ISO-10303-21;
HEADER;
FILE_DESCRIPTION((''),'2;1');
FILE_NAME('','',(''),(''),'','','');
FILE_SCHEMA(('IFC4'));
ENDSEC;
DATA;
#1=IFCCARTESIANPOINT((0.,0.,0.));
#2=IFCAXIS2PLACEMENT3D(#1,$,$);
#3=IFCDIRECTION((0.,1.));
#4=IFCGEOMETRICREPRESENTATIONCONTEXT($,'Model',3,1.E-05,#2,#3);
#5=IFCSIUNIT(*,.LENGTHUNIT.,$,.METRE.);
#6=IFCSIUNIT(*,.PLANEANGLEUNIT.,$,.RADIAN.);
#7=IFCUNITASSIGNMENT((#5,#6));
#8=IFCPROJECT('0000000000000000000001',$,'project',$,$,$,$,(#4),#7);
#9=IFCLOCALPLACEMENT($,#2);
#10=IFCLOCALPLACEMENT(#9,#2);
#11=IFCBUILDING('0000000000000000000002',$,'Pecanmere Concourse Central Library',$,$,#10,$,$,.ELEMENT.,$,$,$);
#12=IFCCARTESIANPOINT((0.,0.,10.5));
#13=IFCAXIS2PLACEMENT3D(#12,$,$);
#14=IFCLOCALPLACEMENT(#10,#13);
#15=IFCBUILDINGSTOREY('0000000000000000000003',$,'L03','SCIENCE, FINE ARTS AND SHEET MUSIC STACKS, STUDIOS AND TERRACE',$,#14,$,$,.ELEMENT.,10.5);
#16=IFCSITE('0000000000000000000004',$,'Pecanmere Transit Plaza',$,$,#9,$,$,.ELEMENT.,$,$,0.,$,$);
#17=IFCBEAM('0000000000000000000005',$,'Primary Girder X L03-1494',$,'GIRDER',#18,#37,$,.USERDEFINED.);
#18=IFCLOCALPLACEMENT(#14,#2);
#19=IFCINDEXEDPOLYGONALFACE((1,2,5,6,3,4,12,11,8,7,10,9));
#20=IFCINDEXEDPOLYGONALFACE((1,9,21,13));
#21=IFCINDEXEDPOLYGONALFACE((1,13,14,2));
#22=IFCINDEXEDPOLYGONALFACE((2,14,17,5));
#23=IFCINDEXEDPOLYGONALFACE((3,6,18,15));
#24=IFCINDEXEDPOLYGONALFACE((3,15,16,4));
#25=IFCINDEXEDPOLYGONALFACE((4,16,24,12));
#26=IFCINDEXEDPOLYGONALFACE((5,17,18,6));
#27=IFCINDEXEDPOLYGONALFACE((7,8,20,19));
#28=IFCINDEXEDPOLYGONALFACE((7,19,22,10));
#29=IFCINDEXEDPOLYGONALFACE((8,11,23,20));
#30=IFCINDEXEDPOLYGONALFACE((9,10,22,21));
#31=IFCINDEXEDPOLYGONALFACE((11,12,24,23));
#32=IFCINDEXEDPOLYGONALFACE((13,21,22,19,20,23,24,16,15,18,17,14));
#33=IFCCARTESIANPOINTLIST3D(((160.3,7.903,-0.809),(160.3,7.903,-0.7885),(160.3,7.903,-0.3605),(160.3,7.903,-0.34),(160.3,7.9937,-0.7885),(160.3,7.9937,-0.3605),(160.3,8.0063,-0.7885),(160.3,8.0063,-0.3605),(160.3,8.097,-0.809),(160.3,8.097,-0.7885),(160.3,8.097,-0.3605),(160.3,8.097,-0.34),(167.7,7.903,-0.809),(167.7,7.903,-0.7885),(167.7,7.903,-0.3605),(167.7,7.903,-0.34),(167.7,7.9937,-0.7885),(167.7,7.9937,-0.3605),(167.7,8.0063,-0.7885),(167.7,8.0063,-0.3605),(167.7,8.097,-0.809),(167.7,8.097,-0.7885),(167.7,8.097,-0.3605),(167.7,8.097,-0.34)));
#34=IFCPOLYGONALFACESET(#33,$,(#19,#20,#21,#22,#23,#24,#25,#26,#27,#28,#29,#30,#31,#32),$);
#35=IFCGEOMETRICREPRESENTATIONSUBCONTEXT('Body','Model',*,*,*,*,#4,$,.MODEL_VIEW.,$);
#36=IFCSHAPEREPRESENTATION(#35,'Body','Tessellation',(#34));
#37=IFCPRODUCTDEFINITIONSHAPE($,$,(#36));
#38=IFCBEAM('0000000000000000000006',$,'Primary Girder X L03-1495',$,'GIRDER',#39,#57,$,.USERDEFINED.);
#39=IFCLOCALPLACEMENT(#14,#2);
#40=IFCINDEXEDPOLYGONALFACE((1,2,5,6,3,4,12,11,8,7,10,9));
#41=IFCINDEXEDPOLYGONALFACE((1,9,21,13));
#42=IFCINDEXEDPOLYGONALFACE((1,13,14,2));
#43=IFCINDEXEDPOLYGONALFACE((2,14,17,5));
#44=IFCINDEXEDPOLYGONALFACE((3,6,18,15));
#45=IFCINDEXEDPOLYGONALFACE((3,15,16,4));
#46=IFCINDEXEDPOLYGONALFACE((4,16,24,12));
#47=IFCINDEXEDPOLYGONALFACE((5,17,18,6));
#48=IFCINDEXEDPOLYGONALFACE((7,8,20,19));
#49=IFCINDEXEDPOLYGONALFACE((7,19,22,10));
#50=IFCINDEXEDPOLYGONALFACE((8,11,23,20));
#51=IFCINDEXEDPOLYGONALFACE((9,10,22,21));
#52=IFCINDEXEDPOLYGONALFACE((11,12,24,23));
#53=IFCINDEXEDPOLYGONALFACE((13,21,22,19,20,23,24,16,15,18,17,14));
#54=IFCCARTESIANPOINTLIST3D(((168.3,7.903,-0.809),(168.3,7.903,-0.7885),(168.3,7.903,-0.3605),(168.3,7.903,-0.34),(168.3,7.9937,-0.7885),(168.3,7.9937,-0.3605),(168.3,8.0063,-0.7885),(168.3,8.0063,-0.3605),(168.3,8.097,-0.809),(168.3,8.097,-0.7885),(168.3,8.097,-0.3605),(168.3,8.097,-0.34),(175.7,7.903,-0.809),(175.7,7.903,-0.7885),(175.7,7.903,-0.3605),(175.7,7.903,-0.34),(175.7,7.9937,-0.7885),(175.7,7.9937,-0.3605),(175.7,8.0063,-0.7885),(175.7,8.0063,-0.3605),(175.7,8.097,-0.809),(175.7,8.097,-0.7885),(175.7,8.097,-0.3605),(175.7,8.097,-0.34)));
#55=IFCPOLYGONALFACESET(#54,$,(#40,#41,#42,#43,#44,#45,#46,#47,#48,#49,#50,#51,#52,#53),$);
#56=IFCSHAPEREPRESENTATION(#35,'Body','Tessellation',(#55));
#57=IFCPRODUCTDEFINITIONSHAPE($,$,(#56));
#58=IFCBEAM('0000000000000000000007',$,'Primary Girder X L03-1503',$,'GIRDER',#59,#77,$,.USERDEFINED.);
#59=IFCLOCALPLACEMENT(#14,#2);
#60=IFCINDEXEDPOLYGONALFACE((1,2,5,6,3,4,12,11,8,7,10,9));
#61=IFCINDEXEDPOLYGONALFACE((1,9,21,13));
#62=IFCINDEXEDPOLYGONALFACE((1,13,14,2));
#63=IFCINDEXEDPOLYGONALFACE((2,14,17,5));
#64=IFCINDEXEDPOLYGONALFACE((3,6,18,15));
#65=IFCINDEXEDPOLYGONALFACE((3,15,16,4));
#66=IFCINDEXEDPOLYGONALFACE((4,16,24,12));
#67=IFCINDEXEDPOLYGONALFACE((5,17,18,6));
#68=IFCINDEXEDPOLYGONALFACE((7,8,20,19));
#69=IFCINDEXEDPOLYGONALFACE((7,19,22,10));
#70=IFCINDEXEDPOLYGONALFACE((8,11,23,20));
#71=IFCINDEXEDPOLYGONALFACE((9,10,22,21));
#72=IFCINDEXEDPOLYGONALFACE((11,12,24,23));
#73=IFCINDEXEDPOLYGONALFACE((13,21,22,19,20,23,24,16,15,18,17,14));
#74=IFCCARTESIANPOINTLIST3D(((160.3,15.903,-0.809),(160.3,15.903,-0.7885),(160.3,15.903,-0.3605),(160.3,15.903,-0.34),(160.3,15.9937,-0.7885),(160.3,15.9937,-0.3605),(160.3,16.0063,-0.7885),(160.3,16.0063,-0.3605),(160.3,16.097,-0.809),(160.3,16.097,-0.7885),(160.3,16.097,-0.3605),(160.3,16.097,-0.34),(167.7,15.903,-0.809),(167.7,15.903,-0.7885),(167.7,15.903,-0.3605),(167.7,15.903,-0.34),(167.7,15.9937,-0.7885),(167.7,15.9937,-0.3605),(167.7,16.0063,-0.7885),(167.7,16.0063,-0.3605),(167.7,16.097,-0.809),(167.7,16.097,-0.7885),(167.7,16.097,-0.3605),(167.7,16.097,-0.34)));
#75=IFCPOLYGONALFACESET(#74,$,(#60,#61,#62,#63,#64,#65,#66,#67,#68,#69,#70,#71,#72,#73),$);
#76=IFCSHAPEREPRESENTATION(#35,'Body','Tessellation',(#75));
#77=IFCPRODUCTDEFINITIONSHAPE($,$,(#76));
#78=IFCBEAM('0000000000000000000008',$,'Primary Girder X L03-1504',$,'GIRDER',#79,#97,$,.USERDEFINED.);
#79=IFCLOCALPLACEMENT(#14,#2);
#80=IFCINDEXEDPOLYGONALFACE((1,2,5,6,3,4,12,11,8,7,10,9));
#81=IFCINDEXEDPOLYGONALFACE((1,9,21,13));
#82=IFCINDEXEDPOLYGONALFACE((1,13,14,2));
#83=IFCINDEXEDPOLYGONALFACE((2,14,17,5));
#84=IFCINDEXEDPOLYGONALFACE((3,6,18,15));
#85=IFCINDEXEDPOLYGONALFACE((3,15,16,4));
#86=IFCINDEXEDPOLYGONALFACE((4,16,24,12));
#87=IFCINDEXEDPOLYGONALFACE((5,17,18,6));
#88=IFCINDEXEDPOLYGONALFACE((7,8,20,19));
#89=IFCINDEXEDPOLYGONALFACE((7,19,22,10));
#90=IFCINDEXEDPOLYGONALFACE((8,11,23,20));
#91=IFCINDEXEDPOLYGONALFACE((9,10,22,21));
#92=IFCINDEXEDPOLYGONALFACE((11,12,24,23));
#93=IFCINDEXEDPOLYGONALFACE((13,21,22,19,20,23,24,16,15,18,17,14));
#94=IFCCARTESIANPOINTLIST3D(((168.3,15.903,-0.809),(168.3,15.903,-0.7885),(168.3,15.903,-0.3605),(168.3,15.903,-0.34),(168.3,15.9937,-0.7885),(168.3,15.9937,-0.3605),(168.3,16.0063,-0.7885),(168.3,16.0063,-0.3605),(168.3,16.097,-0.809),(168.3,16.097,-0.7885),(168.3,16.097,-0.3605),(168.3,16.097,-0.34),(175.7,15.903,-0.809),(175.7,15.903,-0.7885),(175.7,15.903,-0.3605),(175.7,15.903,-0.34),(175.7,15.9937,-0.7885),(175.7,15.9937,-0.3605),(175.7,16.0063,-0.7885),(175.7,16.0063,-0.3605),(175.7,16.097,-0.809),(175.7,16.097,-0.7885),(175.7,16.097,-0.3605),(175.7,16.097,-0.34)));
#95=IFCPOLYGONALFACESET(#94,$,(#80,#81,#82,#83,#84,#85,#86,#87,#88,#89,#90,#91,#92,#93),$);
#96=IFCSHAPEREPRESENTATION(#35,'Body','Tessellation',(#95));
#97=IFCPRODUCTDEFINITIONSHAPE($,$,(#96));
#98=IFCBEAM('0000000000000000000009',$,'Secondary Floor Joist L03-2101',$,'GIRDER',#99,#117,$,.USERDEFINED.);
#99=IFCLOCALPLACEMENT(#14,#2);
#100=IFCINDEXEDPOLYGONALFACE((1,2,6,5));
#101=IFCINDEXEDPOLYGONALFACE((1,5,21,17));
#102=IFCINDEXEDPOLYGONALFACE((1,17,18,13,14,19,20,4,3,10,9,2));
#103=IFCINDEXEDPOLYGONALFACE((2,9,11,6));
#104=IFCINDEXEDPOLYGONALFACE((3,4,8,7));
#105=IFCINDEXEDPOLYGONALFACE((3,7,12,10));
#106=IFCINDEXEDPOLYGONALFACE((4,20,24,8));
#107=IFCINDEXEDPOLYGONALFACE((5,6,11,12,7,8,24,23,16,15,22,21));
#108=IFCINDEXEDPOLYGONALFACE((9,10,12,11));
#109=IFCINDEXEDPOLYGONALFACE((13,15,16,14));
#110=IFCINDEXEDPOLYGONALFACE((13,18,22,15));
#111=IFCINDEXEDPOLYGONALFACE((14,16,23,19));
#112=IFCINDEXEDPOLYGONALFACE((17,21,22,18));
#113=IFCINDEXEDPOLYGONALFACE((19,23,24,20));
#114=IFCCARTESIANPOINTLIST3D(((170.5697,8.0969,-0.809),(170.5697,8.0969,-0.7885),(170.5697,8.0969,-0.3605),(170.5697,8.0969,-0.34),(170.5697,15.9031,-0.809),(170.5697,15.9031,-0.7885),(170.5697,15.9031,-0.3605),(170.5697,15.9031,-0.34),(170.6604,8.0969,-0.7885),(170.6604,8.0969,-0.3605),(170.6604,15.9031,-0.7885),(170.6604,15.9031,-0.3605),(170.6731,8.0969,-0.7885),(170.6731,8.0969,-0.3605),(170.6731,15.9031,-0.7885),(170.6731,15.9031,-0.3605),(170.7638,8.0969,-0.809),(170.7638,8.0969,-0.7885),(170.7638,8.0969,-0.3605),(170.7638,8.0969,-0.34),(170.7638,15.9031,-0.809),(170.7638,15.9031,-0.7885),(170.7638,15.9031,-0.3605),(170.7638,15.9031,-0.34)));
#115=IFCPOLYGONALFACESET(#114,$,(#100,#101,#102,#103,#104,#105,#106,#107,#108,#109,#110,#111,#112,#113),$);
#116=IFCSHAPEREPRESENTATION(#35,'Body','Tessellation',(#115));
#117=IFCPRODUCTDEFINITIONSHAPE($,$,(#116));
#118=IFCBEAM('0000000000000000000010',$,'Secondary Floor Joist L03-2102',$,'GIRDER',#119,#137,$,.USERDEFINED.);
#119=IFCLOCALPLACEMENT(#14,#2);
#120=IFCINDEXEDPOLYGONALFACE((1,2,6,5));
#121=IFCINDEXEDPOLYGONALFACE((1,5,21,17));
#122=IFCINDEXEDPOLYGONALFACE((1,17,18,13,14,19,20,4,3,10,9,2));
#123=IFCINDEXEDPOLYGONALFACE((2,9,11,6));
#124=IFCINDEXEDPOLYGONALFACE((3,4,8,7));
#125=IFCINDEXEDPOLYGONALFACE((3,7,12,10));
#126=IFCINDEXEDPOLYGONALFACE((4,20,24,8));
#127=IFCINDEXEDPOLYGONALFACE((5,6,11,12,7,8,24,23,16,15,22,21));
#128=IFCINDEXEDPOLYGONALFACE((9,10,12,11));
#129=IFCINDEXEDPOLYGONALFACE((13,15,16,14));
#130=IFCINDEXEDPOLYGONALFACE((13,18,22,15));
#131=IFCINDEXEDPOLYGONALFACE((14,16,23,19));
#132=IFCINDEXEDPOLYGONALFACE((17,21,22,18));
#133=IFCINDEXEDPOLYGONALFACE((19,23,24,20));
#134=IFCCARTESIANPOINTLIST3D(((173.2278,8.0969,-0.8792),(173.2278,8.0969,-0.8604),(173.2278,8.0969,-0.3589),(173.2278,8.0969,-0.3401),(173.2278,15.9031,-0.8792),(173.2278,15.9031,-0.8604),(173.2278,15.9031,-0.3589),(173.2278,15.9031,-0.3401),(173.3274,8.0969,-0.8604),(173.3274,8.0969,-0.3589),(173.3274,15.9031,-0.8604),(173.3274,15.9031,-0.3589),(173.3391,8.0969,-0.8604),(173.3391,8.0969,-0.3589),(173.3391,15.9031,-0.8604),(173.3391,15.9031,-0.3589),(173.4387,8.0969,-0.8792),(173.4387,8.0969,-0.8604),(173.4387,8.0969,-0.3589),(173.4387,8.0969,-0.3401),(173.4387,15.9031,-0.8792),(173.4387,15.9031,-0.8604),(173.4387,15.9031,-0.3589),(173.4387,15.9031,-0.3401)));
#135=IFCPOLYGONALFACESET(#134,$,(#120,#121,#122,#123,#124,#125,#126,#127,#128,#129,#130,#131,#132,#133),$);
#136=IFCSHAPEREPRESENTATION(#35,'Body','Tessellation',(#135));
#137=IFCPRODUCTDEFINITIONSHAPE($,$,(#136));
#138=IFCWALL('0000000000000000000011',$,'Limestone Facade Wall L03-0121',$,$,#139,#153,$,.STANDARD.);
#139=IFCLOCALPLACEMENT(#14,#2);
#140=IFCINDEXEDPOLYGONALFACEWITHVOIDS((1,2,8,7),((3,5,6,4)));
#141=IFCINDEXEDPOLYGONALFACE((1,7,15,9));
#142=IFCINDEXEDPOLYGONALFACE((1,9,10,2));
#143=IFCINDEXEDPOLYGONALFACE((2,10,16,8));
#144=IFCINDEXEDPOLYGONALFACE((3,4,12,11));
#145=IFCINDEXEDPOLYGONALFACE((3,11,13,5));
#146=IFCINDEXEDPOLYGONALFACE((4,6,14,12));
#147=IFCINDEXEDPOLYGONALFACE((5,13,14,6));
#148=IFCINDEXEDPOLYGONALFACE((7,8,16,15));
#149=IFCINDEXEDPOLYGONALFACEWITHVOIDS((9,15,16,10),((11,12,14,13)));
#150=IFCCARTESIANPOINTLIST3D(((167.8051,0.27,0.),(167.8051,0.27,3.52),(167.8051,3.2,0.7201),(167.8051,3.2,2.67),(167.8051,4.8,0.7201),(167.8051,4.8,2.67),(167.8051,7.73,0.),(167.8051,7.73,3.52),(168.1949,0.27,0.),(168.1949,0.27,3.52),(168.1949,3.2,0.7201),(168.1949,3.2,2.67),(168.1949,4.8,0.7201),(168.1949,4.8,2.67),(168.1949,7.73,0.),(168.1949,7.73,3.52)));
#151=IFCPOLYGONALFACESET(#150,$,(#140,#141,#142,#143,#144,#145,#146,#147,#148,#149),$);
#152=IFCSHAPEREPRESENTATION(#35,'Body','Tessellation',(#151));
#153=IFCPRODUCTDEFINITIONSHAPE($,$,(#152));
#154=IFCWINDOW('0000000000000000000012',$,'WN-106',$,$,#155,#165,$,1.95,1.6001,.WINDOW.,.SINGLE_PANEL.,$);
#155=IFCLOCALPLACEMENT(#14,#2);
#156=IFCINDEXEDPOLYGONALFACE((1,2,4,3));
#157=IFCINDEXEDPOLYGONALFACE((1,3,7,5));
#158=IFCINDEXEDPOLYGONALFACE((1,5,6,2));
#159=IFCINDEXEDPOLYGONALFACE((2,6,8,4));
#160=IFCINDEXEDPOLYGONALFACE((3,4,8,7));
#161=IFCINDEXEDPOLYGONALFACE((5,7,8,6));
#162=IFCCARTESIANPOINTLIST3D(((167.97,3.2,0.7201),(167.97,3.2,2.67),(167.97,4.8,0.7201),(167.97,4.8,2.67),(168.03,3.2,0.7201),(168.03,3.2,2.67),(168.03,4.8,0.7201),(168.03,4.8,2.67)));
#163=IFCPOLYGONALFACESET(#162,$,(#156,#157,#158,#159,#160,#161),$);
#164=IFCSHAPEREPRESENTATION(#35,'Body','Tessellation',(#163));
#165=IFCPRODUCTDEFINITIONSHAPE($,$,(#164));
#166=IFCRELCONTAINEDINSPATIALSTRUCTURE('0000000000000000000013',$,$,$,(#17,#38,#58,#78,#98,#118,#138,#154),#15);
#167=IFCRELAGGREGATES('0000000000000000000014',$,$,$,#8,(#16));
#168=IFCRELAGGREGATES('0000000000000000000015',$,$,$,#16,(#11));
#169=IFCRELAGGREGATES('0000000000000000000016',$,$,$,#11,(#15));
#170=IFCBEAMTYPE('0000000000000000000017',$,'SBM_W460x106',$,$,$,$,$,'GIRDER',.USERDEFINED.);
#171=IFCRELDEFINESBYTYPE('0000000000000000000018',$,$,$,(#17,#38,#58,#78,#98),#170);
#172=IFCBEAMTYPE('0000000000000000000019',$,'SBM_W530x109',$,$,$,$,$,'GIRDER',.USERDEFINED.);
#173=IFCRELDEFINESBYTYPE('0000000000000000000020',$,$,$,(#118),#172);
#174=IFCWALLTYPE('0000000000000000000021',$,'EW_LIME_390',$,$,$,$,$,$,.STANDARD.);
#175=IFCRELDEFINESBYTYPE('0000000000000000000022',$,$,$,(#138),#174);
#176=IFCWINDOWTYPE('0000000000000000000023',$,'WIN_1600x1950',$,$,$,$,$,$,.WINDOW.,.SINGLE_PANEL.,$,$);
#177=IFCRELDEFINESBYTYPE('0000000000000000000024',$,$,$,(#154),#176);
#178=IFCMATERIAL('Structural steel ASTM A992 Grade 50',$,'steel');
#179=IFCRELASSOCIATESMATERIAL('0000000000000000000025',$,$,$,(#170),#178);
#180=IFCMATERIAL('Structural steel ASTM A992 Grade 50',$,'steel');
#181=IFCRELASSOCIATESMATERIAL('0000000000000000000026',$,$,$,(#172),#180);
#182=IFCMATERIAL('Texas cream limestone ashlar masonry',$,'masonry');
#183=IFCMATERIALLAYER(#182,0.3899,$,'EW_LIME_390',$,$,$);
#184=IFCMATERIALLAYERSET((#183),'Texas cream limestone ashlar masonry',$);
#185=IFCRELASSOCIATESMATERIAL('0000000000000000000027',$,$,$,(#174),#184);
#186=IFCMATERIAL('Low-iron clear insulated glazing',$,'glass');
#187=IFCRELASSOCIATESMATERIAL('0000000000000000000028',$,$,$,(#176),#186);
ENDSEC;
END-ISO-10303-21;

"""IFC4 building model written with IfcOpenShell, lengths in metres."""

from ifc_helpers import new_model, si_unit, direction, frame, frame_2d, origin, origin_2d, place, context, subcontext, project, spatial, rectangle, i_section, extrude, material, layer, layer_set, material_profile, profile_set, type_object, element, fill, save


model = new_model("IFC4")

# Units and contexts
model_context = context("Model", 3, precision=1e-05, world=origin(), true_north=direction((0.0, 1.0)))
body_context = subcontext(model_context, "Body", "Model", "MODEL_VIEW")
ifc_project = project(units=[si_unit("LENGTHUNIT", "METRE"), si_unit("PLANEANGLEUNIT", "RADIAN")], contexts=[model_context])

# Site, building, storey
site_placement = place(None, origin())
site = spatial("IfcSite", under=ifc_project, at=site_placement, Name="Pecanmere Transit Plaza", CompositionType="ELEMENT", RefElevation=0.0)
building_placement = place(site_placement, origin())
building = spatial("IfcBuilding", under=site, at=building_placement, Name="Pecanmere Concourse Central Library", CompositionType="ELEMENT")
storey_placement = place(building_placement, frame((0.0, 0.0, 10.5)))
storey = spatial("IfcBuildingStorey", under=building, at=storey_placement, Name="L03", Description="SCIENCE, FINE ARTS AND SHEET MUSIC STACKS, STUDIOS AND TERRACE", CompositionType="ELEMENT", Elevation=10.5)

# Beams
ifc_material_1 = material(Name="Structural steel ASTM A992 Grade 50", Category="steel")
ifc_material_profile_1 = material_profile(ifc_material_1, i_section(OverallWidth=0.1941, OverallDepth=0.469, WebThickness=0.0127, FlangeThickness=0.0205, at=origin_2d()), Name="W460x106")
ifc_profile_set_1 = profile_set([ifc_material_profile_1], Name="Structural steel ASTM A992 Grade 50")
beam_type_1 = type_object("IfcBeamType", Name="SBM_W460x106", ElementType="GIRDER", PredefinedType="USERDEFINED", material=ifc_profile_set_1)
for number, where, z_axis, x_axis, name in (
    (1, (160.3, 8.0, -0.5745), (1.0, 0.0, 0.0), (0.0, 1.0, 0.0), "Primary Girder X L03-1494"),
    (2, (168.3, 8.0, -0.5745), (1.0, 0.0, 0.0), (0.0, 1.0, 0.0), "Primary Girder X L03-1495"),
    (3, (160.3, 16.0, -0.5745), (1.0, 0.0, 0.0), (0.0, 1.0, 0.0), "Primary Girder X L03-1503"),
    (4, (168.3, 16.0, -0.5745), (1.0, 0.0, 0.0), (0.0, 1.0, 0.0), "Primary Girder X L03-1504"),
):
    element("IfcBeam", number, at=place(storey_placement, frame(where, z_axis=z_axis, x_axis=x_axis)), inside=storey, type_object=beam_type_1, Name=name, ObjectType="GIRDER", PredefinedType="USERDEFINED", context=body_context, shape_type="SweptSolid", body=[
        extrude(i_section(OverallWidth=0.1941, OverallDepth=0.469, WebThickness=0.0127, FlangeThickness=0.0205, at=origin_2d()), origin(), (0.0, 0.0, 1.0), 7.3999),
    ])
beam_1_placement = place(storey_placement, frame((170.6667, 8.0969, -0.5745), z_axis=(0.0, 1.0, 0.0), x_axis=(-1.0, 0.0, 0.0)))
element("IfcBeam", 5, at=beam_1_placement, inside=storey, type_object=beam_type_1, Name="Secondary Floor Joist L03-2101", ObjectType="GIRDER", PredefinedType="USERDEFINED", context=body_context, shape_type="SweptSolid", body=[
    extrude(i_section(OverallWidth=0.1941, OverallDepth=0.469, WebThickness=0.0127, FlangeThickness=0.0205, at=origin_2d()), origin(), (0.0, 0.0, 1.0), 7.8062),
])
ifc_material_2 = material(Name="Structural steel ASTM A992 Grade 50", Category="steel")
ifc_material_profile_2 = material_profile(ifc_material_2, i_section(OverallWidth=0.2109, OverallDepth=0.5391, WebThickness=0.0117, FlangeThickness=0.0188, at=origin_2d()), Name="W530x109")
ifc_profile_set_2 = profile_set([ifc_material_profile_2], Name="Structural steel ASTM A992 Grade 50")
beam_type_2 = type_object("IfcBeamType", Name="SBM_W530x109", ElementType="GIRDER", PredefinedType="USERDEFINED", material=ifc_profile_set_2)
beam_2_placement = place(storey_placement, frame((173.3333, 8.0969, -0.6096), z_axis=(0.0, 1.0, 0.0), x_axis=(-1.0, 0.0, 0.0)))
element("IfcBeam", 6, at=beam_2_placement, inside=storey, type_object=beam_type_2, Name="Secondary Floor Joist L03-2102", ObjectType="GIRDER", PredefinedType="USERDEFINED", context=body_context, shape_type="SweptSolid", body=[
    extrude(i_section(OverallWidth=0.2109, OverallDepth=0.5391, WebThickness=0.0117, FlangeThickness=0.0188, at=origin_2d()), origin(), (0.0, 0.0, 1.0), 7.8062),
])

# Wall, opening, window
ifc_material_3 = material(Name="Texas cream limestone ashlar masonry", Category="masonry")
ifc_layer = layer(ifc_material_3, 0.3899, Name="EW_LIME_390")
ifc_layer_set = layer_set([ifc_layer], Name="Texas cream limestone ashlar masonry")
wall_type = type_object("IfcWallType", Name="EW_LIME_390", PredefinedType="STANDARD", material=ifc_layer_set)
wall_1_placement = place(storey_placement, frame((168.0, 0.27, 0.0), z_axis=(0.0, 0.0, 1.0), x_axis=(0.0, 1.0, 0.0)))
wall_1 = element("IfcWall", 7, at=wall_1_placement, inside=storey, type_object=wall_type, Name="Limestone Facade Wall L03-0121", PredefinedType="STANDARD", context=body_context, shape_type="SweptSolid", body=[
    extrude(rectangle(XDim=7.46, YDim=0.3899, at=frame_2d((3.73, 0.0))), origin(), (0.0, 0.0, 1.0), 3.52),
])
opening_1_placement = place(wall_1_placement, frame((2.9299, 0.0, 0.72)))
opening_1 = element("IfcOpeningElement", 8, at=opening_1_placement, cuts=wall_1, PredefinedType="OPENING", context=body_context, shape_type="SweptSolid", body=[
    extrude(rectangle(XDim=1.6001, YDim=1.95, at=frame_2d((0.8, 0.9751))), frame((0.0, 0.207, 0.0), z_axis=(0.0, -1.0, 0.0), x_axis=(1.0, 0.0, 0.0)), (0.0, 0.0, 1.0), 0.4138),
])
ifc_material_4 = material(Name="Low-iron clear insulated glazing", Category="glass")
window_type_1 = type_object("IfcWindowType", Name="WIN_1600x1950", PartitioningType="SINGLE_PANEL", PredefinedType="WINDOW", material=ifc_material_4)
window_1_placement = place(opening_1_placement, origin())
window_1 = element("IfcWindow", 9, at=window_1_placement, inside=storey, type_object=window_type_1, Name="WN-106", OverallHeight=1.95, OverallWidth=1.6001, PartitioningType="SINGLE_PANEL", PredefinedType="WINDOW", context=body_context, shape_type="SweptSolid", body=[
    extrude(rectangle(XDim=1.6001, YDim=1.95, at=frame_2d((0.8, 0.9751))), frame((0.0, 0.03, 0.0), z_axis=(0.0, -1.0, 0.0), x_axis=(1.0, 0.0, 0.0)), (0.0, 0.0, 1.0), 0.0601),
])
fill(opening_1, window_1)

save(model, "model.ifc")
